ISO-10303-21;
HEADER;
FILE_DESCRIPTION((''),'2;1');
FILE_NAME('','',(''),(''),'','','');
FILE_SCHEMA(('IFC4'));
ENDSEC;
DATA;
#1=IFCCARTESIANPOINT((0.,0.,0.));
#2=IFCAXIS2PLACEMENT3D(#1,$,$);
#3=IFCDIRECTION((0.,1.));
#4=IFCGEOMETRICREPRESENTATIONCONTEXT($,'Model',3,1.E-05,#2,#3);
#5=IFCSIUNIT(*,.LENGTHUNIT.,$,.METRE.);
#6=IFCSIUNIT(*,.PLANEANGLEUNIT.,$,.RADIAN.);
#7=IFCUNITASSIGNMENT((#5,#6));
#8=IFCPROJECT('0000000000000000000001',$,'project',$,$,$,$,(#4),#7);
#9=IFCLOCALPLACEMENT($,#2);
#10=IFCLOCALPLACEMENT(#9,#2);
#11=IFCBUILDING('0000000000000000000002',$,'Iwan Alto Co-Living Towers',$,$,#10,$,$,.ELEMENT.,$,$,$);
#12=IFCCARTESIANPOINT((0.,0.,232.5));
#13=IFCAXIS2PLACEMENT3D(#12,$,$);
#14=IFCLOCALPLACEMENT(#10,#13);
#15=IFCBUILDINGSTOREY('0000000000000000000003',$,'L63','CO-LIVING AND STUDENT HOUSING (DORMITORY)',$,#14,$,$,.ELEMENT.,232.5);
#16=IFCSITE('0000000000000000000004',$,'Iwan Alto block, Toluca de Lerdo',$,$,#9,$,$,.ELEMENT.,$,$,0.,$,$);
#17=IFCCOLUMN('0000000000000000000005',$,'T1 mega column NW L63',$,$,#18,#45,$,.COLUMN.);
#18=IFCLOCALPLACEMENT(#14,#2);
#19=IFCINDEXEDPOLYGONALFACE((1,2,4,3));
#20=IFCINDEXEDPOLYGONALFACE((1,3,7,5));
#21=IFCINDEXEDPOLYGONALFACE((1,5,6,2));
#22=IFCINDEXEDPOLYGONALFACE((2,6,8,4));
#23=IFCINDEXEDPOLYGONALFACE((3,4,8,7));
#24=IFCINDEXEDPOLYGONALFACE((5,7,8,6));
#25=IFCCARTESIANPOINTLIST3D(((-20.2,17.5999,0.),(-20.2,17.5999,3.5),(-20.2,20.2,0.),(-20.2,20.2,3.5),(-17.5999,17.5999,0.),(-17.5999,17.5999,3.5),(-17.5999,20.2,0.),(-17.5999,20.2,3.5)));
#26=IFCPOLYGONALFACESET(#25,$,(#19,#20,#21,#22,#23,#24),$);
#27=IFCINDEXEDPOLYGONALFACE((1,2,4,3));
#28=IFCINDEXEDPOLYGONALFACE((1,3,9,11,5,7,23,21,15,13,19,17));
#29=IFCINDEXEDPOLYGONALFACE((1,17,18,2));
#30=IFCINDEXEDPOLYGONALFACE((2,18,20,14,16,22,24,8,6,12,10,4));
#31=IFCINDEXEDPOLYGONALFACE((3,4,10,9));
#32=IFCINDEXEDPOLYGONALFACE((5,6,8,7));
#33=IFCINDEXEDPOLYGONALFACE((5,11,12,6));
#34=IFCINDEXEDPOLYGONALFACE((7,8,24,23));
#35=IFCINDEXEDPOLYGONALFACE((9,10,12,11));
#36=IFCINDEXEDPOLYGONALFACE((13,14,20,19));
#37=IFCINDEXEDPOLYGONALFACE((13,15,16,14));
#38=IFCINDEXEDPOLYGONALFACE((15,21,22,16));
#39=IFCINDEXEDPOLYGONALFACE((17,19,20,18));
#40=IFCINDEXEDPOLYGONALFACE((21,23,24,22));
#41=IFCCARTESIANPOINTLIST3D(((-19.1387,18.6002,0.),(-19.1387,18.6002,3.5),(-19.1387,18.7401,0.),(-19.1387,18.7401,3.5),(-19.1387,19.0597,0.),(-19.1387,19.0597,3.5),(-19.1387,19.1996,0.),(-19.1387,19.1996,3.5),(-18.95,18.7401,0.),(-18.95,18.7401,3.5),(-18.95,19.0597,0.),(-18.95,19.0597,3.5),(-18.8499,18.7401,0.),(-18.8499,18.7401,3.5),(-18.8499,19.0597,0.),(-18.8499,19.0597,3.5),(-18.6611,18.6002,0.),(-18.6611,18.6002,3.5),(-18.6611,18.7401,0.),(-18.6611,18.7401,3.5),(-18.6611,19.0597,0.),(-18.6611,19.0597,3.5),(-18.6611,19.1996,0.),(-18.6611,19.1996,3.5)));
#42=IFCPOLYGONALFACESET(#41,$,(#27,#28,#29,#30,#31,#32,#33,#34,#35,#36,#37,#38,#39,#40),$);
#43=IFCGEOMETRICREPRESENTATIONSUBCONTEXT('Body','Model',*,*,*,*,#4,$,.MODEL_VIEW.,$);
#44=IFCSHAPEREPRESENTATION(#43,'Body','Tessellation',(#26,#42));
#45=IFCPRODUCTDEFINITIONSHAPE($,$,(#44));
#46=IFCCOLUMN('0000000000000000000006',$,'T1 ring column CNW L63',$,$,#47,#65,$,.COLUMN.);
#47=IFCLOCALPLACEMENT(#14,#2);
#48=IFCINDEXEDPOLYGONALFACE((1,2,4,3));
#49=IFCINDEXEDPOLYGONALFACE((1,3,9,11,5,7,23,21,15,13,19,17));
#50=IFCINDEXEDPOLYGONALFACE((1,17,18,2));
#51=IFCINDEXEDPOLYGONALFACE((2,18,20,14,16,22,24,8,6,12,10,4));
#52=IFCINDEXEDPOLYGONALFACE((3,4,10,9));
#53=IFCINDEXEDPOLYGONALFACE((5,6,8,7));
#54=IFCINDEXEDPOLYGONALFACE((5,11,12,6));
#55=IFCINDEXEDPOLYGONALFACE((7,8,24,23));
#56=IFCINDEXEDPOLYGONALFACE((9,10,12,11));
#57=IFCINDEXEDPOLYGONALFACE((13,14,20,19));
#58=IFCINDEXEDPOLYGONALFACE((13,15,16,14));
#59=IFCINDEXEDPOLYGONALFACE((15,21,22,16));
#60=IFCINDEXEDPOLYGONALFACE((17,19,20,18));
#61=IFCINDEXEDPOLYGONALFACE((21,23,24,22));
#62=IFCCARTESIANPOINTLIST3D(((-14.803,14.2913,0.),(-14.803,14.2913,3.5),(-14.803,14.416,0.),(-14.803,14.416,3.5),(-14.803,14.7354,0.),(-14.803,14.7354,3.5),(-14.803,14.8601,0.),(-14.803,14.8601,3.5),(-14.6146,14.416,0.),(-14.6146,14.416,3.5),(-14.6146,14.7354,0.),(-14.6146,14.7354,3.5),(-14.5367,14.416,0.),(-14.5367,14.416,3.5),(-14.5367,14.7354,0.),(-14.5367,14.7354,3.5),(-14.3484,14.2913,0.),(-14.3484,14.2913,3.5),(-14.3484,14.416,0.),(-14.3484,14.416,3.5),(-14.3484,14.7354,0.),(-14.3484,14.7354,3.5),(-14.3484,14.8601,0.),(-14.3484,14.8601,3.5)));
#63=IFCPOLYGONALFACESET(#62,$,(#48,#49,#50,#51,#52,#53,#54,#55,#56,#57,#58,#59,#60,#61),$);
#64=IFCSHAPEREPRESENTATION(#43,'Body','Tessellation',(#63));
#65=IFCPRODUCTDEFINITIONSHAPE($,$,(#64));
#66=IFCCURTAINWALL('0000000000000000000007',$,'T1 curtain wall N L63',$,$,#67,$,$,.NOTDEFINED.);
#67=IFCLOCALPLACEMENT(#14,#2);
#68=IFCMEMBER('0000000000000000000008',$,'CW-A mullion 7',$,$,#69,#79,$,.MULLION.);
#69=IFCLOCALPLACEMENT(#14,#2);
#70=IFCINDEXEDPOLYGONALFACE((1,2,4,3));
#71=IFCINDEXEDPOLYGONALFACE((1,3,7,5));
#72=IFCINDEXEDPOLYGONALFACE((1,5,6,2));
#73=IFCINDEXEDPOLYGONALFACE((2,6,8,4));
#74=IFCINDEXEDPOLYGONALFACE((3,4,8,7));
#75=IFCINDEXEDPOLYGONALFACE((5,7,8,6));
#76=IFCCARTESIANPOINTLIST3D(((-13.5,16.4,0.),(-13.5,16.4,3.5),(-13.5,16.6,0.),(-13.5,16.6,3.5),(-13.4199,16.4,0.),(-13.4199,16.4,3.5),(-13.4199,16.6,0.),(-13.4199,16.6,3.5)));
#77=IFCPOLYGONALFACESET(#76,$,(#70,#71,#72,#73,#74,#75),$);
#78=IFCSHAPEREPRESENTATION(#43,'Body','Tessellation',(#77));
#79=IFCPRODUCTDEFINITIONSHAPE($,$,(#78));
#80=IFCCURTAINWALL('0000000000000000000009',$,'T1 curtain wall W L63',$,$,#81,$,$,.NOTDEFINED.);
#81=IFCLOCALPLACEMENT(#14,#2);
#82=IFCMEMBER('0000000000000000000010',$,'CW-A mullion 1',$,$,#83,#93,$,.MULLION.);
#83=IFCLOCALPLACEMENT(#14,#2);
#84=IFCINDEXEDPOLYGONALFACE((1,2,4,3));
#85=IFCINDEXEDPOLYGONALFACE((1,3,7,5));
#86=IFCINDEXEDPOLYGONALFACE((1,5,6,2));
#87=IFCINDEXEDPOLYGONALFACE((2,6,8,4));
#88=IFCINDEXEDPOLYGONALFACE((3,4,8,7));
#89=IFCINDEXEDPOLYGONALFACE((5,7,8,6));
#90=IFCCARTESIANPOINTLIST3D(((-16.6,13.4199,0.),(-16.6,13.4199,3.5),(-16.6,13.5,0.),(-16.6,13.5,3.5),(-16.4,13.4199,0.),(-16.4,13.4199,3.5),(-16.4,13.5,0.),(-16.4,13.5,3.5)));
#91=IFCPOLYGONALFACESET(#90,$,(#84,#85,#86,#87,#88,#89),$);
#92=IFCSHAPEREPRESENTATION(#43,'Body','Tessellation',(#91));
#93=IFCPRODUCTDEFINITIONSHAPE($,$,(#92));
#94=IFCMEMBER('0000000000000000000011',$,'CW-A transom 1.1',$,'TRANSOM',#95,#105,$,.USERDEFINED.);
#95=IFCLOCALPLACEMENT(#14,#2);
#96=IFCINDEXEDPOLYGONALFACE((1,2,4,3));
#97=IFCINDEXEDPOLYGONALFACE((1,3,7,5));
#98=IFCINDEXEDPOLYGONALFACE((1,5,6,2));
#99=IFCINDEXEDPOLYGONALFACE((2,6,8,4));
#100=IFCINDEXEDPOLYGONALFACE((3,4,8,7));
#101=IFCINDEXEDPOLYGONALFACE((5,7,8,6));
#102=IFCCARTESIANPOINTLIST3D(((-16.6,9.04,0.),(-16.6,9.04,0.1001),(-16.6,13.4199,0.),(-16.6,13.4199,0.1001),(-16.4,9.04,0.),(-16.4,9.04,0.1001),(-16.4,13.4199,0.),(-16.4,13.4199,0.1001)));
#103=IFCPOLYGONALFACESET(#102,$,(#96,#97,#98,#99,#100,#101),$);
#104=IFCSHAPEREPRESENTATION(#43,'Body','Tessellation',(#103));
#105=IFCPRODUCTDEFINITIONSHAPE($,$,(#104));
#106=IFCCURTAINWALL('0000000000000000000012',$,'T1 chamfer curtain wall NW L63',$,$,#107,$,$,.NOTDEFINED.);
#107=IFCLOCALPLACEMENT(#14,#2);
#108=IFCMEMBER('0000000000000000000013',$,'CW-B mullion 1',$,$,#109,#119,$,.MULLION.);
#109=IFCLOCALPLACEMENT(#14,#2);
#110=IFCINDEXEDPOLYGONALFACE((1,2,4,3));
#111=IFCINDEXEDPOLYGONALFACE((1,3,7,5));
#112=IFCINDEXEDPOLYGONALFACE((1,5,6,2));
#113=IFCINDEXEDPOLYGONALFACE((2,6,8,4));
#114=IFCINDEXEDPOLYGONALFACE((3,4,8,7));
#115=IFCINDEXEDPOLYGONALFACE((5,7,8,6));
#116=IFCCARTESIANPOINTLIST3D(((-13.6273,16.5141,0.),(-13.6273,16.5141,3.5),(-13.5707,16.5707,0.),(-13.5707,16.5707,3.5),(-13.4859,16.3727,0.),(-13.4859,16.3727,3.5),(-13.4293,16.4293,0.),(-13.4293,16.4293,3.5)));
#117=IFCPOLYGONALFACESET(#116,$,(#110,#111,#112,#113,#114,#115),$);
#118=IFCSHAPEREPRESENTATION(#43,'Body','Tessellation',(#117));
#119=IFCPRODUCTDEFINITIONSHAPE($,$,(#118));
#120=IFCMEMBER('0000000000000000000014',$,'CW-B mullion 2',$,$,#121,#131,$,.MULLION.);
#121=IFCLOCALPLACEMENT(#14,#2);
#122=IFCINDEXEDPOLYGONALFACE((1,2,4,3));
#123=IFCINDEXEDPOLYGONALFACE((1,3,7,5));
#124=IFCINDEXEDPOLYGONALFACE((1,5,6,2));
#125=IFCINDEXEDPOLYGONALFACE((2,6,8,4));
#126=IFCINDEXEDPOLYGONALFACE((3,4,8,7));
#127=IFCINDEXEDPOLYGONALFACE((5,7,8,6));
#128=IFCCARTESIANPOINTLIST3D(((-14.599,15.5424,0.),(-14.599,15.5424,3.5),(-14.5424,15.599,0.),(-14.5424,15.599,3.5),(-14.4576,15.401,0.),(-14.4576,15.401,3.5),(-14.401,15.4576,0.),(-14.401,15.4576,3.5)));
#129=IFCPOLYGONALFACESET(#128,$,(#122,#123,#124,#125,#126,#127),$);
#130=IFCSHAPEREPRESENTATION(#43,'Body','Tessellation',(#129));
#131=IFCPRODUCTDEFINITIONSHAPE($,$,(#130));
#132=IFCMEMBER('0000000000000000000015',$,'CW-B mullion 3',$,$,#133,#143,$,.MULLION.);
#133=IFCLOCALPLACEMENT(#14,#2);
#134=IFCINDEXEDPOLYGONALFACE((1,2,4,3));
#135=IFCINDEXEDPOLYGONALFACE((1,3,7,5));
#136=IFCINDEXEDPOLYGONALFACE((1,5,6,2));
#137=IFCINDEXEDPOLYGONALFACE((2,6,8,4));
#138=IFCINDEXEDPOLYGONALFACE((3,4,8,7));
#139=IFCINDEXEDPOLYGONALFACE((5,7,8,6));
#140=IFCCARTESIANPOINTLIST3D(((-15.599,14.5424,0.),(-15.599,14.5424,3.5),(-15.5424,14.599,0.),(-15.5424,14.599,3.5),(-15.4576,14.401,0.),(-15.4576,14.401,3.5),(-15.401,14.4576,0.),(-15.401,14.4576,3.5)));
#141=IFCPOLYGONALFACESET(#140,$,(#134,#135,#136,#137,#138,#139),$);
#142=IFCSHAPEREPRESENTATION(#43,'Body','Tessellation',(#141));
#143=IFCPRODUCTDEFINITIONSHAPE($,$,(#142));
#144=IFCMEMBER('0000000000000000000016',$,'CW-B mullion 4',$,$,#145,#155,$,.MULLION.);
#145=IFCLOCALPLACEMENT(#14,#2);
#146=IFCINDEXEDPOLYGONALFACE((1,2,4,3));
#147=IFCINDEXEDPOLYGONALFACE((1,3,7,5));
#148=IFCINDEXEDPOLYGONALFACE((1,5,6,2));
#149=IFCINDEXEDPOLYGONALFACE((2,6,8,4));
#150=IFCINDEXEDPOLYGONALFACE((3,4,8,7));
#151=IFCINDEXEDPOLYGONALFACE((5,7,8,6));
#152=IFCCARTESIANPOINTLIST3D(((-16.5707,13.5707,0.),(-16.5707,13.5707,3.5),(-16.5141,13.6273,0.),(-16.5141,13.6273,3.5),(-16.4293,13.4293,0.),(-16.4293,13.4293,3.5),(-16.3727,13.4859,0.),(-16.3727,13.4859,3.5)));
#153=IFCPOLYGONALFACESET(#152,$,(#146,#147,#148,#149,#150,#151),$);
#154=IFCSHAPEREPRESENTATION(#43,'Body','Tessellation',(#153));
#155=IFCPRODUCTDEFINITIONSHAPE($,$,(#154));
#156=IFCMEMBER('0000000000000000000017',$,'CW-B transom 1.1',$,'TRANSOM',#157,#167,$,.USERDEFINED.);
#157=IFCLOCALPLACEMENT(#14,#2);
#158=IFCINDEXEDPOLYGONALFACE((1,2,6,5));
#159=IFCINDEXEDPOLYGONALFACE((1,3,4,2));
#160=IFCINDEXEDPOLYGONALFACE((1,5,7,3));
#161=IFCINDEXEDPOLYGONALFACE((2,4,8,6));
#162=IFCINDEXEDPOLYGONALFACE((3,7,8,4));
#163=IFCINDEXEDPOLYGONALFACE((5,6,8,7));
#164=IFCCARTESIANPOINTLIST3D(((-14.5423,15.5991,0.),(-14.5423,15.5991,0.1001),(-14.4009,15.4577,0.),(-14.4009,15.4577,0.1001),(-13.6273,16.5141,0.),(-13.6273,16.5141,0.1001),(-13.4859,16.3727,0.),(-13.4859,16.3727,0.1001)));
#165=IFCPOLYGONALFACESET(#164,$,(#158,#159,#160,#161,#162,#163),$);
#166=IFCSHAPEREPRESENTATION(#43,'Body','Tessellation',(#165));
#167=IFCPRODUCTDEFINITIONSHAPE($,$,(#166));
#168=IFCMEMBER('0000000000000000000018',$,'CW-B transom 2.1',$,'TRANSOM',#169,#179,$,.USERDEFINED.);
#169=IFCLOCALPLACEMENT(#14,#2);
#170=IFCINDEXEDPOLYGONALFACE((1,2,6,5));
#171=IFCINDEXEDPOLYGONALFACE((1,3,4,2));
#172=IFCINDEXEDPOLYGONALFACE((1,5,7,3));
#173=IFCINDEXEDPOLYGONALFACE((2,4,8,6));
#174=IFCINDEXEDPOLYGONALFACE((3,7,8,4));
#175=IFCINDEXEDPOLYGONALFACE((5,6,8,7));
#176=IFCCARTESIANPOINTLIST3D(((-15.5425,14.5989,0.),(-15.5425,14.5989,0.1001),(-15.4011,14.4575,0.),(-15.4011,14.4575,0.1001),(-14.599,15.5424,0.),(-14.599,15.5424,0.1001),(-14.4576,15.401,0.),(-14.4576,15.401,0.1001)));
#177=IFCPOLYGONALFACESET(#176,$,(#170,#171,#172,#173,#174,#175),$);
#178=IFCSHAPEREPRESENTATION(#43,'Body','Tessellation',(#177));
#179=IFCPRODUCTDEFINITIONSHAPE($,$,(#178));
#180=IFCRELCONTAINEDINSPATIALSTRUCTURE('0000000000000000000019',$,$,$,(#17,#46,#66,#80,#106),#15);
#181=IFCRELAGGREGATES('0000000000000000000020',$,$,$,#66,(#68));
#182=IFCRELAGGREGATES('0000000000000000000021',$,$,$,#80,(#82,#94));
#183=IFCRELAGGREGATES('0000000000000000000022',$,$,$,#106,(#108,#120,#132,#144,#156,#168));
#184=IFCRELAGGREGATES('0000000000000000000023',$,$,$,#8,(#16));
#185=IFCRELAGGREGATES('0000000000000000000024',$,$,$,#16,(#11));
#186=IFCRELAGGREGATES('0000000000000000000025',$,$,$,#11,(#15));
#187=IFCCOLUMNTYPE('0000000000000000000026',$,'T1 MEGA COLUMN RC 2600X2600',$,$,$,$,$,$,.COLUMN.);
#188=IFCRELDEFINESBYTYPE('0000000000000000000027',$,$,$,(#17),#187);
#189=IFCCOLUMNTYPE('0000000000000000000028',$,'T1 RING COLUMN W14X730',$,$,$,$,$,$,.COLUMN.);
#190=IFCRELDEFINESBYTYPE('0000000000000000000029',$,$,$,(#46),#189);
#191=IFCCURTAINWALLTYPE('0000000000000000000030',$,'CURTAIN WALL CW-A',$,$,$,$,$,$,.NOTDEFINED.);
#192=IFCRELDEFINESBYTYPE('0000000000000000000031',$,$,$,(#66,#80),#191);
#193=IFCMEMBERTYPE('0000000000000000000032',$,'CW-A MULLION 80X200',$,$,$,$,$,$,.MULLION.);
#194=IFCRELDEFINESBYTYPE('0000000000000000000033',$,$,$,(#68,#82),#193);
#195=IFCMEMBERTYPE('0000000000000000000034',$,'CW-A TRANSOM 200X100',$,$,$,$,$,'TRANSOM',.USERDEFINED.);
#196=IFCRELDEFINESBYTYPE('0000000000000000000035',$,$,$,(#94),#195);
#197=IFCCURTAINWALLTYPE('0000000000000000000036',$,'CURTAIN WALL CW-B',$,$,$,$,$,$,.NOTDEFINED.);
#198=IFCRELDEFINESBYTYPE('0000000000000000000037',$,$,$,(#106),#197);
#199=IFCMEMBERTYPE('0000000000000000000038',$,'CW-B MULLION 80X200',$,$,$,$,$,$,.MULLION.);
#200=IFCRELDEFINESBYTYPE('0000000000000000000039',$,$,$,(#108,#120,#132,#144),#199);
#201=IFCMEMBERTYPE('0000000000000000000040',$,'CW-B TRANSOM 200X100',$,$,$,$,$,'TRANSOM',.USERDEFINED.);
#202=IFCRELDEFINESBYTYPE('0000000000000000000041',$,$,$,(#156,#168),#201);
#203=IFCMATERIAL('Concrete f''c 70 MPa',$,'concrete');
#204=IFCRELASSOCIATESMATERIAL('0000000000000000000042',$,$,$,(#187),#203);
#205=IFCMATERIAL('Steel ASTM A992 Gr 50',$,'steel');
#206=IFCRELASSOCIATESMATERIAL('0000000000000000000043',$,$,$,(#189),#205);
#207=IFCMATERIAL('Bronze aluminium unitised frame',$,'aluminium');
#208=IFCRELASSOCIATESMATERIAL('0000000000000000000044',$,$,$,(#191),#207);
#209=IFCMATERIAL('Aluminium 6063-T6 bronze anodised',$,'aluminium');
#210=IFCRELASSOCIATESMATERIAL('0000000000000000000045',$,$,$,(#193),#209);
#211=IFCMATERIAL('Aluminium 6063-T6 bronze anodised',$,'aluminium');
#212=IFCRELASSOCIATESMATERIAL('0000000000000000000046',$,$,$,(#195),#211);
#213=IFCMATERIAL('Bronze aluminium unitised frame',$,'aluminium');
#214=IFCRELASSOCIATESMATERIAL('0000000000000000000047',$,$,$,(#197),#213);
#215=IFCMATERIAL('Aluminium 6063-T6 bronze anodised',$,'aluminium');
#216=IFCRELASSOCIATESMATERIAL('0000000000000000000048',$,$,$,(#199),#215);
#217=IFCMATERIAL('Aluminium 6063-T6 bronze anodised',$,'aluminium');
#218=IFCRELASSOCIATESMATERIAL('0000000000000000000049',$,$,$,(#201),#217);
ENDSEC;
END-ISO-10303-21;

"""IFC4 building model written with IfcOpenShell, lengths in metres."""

from ifc_helpers import new_model, si_unit, direction, frame, origin, origin_2d, place, context, subcontext, project, spatial, rectangle, i_section, extrude, material, material_profile, profile_set, type_object, element, aggregate, save


model = new_model("IFC4")

# Units and contexts
model_context = context("Model", 3, precision=1e-05, world=origin(), true_north=direction((0.0, 1.0)))
body_context = subcontext(model_context, "Body", "Model", "MODEL_VIEW")
ifc_project = project(units=[si_unit("LENGTHUNIT", "METRE"), si_unit("PLANEANGLEUNIT", "RADIAN")], contexts=[model_context])

# Site, building, storey
site_placement = place(None, origin())
site = spatial("IfcSite", under=ifc_project, at=site_placement, Name="Iwan Alto block, Toluca de Lerdo", CompositionType="ELEMENT", RefElevation=0.0)
building_placement = place(site_placement, origin())
building = spatial("IfcBuilding", under=site, at=building_placement, Name="Iwan Alto Co-Living Towers", CompositionType="ELEMENT")
storey_placement = place(building_placement, frame((0.0, 0.0, 232.5)))
storey = spatial("IfcBuildingStorey", under=building, at=storey_placement, Name="L63", Description="CO-LIVING AND STUDENT HOUSING (DORMITORY)", CompositionType="ELEMENT", Elevation=232.5)

# Columns
ifc_material_1 = material(Name="Concrete f'c 70 MPa", Category="concrete")
ifc_material_profile_1 = material_profile(ifc_material_1, rectangle(XDim=2.6001, YDim=2.6001, at=origin_2d()), Name="RC 2600X2600")
ifc_profile_set_1 = profile_set([ifc_material_profile_1], Name="Concrete f'c 70 MPa")
column_type_1 = type_object("IfcColumnType", Name="T1 MEGA COLUMN RC 2600X2600", PredefinedType="COLUMN", material=ifc_profile_set_1)
column_1_placement = place(storey_placement, frame((-18.8999, 18.8999, 0.0), z_axis=(0.0, 0.0, 1.0), x_axis=(1.0, 0.0, 0.0)))
element("IfcColumn", 1, at=column_1_placement, inside=storey, type_object=column_type_1, Name="T1 mega column NW L63", PredefinedType="COLUMN", context=body_context, shape_type="SweptSolid", body=[
    extrude(rectangle(XDim=2.6001, YDim=2.6001, at=origin_2d()), origin(), (0.0, 0.0, 1.0), 3.5),
    extrude(i_section(OverallWidth=0.4775, OverallDepth=0.5994, WebThickness=0.1001, FlangeThickness=0.1399, at=origin_2d()), origin(), (0.0, 0.0, 1.0), 3.5),
])
ifc_material_2 = material(Name="Steel ASTM A992 Gr 50", Category="steel")
ifc_material_profile_2 = material_profile(ifc_material_2, i_section(OverallWidth=0.4546, OverallDepth=0.5688, WebThickness=0.0779, FlangeThickness=0.1248, at=origin_2d()), Name="W14X730")
ifc_profile_set_2 = profile_set([ifc_material_profile_2], Name="Steel ASTM A992 Gr 50")
column_type_2 = type_object("IfcColumnType", Name="T1 RING COLUMN W14X730", PredefinedType="COLUMN", material=ifc_profile_set_2)
column_2_placement = place(storey_placement, frame((-14.5757, 14.5757, 0.0), z_axis=(0.0, 0.0, 1.0), x_axis=(1.0, 0.0, 0.0)))
element("IfcColumn", 2, at=column_2_placement, inside=storey, type_object=column_type_2, Name="T1 ring column CNW L63", PredefinedType="COLUMN", context=body_context, shape_type="SweptSolid", body=[
    extrude(i_section(OverallWidth=0.4546, OverallDepth=0.5688, WebThickness=0.0779, FlangeThickness=0.1248, at=origin_2d()), origin(), (0.0, 0.0, 1.0), 3.5),
])

# Curtain wall, member
ifc_material_3 = material(Name="Bronze aluminium unitised frame", Category="aluminium")
curtain_wall_type_1 = type_object("IfcCurtainWallType", Name="CURTAIN WALL CW-A", PredefinedType="NOTDEFINED", material=ifc_material_3)
curtain_wall_1_placement = place(storey_placement, origin())
curtain_wall_1 = element("IfcCurtainWall", 3, at=curtain_wall_1_placement, inside=storey, type_object=curtain_wall_type_1, Name="T1 curtain wall N L63", PredefinedType="NOTDEFINED")
ifc_material_4 = material(Name="Aluminium 6063-T6 bronze anodised", Category="aluminium")
ifc_material_profile_3 = material_profile(ifc_material_4, rectangle(XDim=0.2, YDim=0.0801, at=origin_2d()), Name="AL 80X200")
ifc_profile_set_3 = profile_set([ifc_material_profile_3], Name="Aluminium 6063-T6 bronze anodised")
member_type_1 = type_object("IfcMemberType", Name="CW-A MULLION 80X200", PredefinedType="MULLION", material=ifc_profile_set_3)
member_1_placement = place(storey_placement, frame((-13.46, 16.5, 0.0), z_axis=(0.0, 0.0, 1.0), x_axis=(0.0, -1.0, 0.0)))
member_1 = element("IfcMember", 4, at=member_1_placement, type_object=member_type_1, Name="CW-A mullion 7", PredefinedType="MULLION", context=body_context, shape_type="SweptSolid", body=[
    extrude(rectangle(XDim=0.2, YDim=0.0801, at=origin_2d()), origin(), (0.0, 0.0, 1.0), 3.5),
])
aggregate(curtain_wall_1, [member_1])

# Curtain walls, members
curtain_wall_2_placement = place(storey_placement, origin())
curtain_wall_2 = element("IfcCurtainWall", 5, at=curtain_wall_2_placement, inside=storey, type_object=curtain_wall_type_1, Name="T1 curtain wall W L63", PredefinedType="NOTDEFINED")
member_2_placement = place(storey_placement, frame((-16.5, 13.46, 0.0), z_axis=(0.0, 0.0, 1.0), x_axis=(1.0, 0.0, 0.0)))
member_2 = element("IfcMember", 6, at=member_2_placement, type_object=member_type_1, Name="CW-A mullion 1", PredefinedType="MULLION", context=body_context, shape_type="SweptSolid", body=[
    extrude(rectangle(XDim=0.2, YDim=0.0801, at=origin_2d()), origin(), (0.0, 0.0, 1.0), 3.5),
])
ifc_material_5 = material(Name="Aluminium 6063-T6 bronze anodised", Category="aluminium")
ifc_material_profile_4 = material_profile(ifc_material_5, rectangle(XDim=0.2, YDim=0.1001, at=origin_2d()), Name="AL 200X100")
ifc_profile_set_4 = profile_set([ifc_material_profile_4], Name="Aluminium 6063-T6 bronze anodised")
member_type_2 = type_object("IfcMemberType", Name="CW-A TRANSOM 200X100", ElementType="TRANSOM", PredefinedType="USERDEFINED", material=ifc_profile_set_4)
member_3_placement = place(storey_placement, frame((-16.5, 13.4199, 0.05), z_axis=(0.0, -1.0, 0.0), x_axis=(1.0, 0.0, 0.0)))
member_3 = element("IfcMember", 7, at=member_3_placement, type_object=member_type_2, Name="CW-A transom 1.1", ObjectType="TRANSOM", PredefinedType="USERDEFINED", context=body_context, shape_type="SweptSolid", body=[
    extrude(rectangle(XDim=0.2, YDim=0.1001, at=origin_2d()), origin(), (0.0, 0.0, 1.0), 4.3799),
])
aggregate(curtain_wall_2, [member_2, member_3])
ifc_material_6 = material(Name="Bronze aluminium unitised frame", Category="aluminium")
curtain_wall_type_2 = type_object("IfcCurtainWallType", Name="CURTAIN WALL CW-B", PredefinedType="NOTDEFINED", material=ifc_material_6)
curtain_wall_3_placement = place(storey_placement, origin())
curtain_wall_3 = element("IfcCurtainWall", 8, at=curtain_wall_3_placement, inside=storey, type_object=curtain_wall_type_2, Name="T1 chamfer curtain wall NW L63", PredefinedType="NOTDEFINED")
ifc_material_7 = material(Name="Aluminium 6063-T6 bronze anodised", Category="aluminium")
ifc_material_profile_5 = material_profile(ifc_material_7, rectangle(XDim=0.2, YDim=0.0801, at=origin_2d()), Name="AL 80X200")
ifc_profile_set_5 = profile_set([ifc_material_profile_5], Name="Aluminium 6063-T6 bronze anodised")
member_type_3 = type_object("IfcMemberType", Name="CW-B MULLION 80X200", PredefinedType="MULLION", material=ifc_profile_set_5)
member_4_placement = place(storey_placement, frame((-13.5283, 16.4717, 0.0), z_axis=(0.0, 0.0, 1.0), x_axis=(0.707107, -0.707107, 0.0)))
member_4 = element("IfcMember", 9, at=member_4_placement, type_object=member_type_3, Name="CW-B mullion 1", PredefinedType="MULLION", context=body_context, shape_type="SweptSolid", body=[
    extrude(rectangle(XDim=0.2, YDim=0.0801, at=origin_2d()), origin(), (0.0, 0.0, 1.0), 3.5),
])
member_5_placement = place(storey_placement, frame((-14.5, 15.5, 0.0), z_axis=(0.0, 0.0, 1.0), x_axis=(0.707107, -0.707107, 0.0)))
member_5 = element("IfcMember", 10, at=member_5_placement, type_object=member_type_3, Name="CW-B mullion 2", PredefinedType="MULLION", context=body_context, shape_type="SweptSolid", body=[
    extrude(rectangle(XDim=0.2, YDim=0.0801, at=origin_2d()), origin(), (0.0, 0.0, 1.0), 3.5),
])
member_6_placement = place(storey_placement, frame((-15.5, 14.5, 0.0), z_axis=(0.0, 0.0, 1.0), x_axis=(0.707107, -0.707107, 0.0)))
member_6 = element("IfcMember", 11, at=member_6_placement, type_object=member_type_3, Name="CW-B mullion 3", PredefinedType="MULLION", context=body_context, shape_type="SweptSolid", body=[
    extrude(rectangle(XDim=0.2, YDim=0.0801, at=origin_2d()), origin(), (0.0, 0.0, 1.0), 3.5),
])
member_7_placement = place(storey_placement, frame((-16.4717, 13.5283, 0.0), z_axis=(0.0, 0.0, 1.0), x_axis=(0.707107, -0.707107, 0.0)))
member_7 = element("IfcMember", 12, at=member_7_placement, type_object=member_type_3, Name="CW-B mullion 4", PredefinedType="MULLION", context=body_context, shape_type="SweptSolid", body=[
    extrude(rectangle(XDim=0.2, YDim=0.0801, at=origin_2d()), origin(), (0.0, 0.0, 1.0), 3.5),
])
ifc_material_8 = material(Name="Aluminium 6063-T6 bronze anodised", Category="aluminium")
ifc_material_profile_6 = material_profile(ifc_material_8, rectangle(XDim=0.2, YDim=0.1001, at=origin_2d()), Name="AL 200X100")
ifc_profile_set_6 = profile_set([ifc_material_profile_6], Name="Aluminium 6063-T6 bronze anodised")
member_type_4 = type_object("IfcMemberType", Name="CW-B TRANSOM 200X100", ElementType="TRANSOM", PredefinedType="USERDEFINED", material=ifc_profile_set_6)
member_8_placement = place(storey_placement, frame((-13.5566, 16.4434, 0.05), z_axis=(-0.707107, -0.707107, 0.0), x_axis=(0.707107, -0.707107, 0.0)))
member_8 = element("IfcMember", 13, at=member_8_placement, type_object=member_type_4, Name="CW-B transom 1.1", ObjectType="TRANSOM", PredefinedType="USERDEFINED", context=body_context, shape_type="SweptSolid", body=[
    extrude(rectangle(XDim=0.2, YDim=0.1001, at=origin_2d()), origin(), (0.0, 0.0, 1.0), 1.2939),
])
member_9_placement = place(storey_placement, frame((-14.5283, 15.4717, 0.05), z_axis=(-0.707107, -0.707107, 0.0), x_axis=(0.707107, -0.707107, 0.0)))
member_9 = element("IfcMember", 14, at=member_9_placement, type_object=member_type_4, Name="CW-B transom 2.1", ObjectType="TRANSOM", PredefinedType="USERDEFINED", context=body_context, shape_type="SweptSolid", body=[
    extrude(rectangle(XDim=0.2, YDim=0.1001, at=origin_2d()), origin(), (0.0, 0.0, 1.0), 1.3342),
])

aggregate(curtain_wall_3, [member_4, member_5, member_6, member_7, member_8, member_9])

save(model, "model.ifc")
